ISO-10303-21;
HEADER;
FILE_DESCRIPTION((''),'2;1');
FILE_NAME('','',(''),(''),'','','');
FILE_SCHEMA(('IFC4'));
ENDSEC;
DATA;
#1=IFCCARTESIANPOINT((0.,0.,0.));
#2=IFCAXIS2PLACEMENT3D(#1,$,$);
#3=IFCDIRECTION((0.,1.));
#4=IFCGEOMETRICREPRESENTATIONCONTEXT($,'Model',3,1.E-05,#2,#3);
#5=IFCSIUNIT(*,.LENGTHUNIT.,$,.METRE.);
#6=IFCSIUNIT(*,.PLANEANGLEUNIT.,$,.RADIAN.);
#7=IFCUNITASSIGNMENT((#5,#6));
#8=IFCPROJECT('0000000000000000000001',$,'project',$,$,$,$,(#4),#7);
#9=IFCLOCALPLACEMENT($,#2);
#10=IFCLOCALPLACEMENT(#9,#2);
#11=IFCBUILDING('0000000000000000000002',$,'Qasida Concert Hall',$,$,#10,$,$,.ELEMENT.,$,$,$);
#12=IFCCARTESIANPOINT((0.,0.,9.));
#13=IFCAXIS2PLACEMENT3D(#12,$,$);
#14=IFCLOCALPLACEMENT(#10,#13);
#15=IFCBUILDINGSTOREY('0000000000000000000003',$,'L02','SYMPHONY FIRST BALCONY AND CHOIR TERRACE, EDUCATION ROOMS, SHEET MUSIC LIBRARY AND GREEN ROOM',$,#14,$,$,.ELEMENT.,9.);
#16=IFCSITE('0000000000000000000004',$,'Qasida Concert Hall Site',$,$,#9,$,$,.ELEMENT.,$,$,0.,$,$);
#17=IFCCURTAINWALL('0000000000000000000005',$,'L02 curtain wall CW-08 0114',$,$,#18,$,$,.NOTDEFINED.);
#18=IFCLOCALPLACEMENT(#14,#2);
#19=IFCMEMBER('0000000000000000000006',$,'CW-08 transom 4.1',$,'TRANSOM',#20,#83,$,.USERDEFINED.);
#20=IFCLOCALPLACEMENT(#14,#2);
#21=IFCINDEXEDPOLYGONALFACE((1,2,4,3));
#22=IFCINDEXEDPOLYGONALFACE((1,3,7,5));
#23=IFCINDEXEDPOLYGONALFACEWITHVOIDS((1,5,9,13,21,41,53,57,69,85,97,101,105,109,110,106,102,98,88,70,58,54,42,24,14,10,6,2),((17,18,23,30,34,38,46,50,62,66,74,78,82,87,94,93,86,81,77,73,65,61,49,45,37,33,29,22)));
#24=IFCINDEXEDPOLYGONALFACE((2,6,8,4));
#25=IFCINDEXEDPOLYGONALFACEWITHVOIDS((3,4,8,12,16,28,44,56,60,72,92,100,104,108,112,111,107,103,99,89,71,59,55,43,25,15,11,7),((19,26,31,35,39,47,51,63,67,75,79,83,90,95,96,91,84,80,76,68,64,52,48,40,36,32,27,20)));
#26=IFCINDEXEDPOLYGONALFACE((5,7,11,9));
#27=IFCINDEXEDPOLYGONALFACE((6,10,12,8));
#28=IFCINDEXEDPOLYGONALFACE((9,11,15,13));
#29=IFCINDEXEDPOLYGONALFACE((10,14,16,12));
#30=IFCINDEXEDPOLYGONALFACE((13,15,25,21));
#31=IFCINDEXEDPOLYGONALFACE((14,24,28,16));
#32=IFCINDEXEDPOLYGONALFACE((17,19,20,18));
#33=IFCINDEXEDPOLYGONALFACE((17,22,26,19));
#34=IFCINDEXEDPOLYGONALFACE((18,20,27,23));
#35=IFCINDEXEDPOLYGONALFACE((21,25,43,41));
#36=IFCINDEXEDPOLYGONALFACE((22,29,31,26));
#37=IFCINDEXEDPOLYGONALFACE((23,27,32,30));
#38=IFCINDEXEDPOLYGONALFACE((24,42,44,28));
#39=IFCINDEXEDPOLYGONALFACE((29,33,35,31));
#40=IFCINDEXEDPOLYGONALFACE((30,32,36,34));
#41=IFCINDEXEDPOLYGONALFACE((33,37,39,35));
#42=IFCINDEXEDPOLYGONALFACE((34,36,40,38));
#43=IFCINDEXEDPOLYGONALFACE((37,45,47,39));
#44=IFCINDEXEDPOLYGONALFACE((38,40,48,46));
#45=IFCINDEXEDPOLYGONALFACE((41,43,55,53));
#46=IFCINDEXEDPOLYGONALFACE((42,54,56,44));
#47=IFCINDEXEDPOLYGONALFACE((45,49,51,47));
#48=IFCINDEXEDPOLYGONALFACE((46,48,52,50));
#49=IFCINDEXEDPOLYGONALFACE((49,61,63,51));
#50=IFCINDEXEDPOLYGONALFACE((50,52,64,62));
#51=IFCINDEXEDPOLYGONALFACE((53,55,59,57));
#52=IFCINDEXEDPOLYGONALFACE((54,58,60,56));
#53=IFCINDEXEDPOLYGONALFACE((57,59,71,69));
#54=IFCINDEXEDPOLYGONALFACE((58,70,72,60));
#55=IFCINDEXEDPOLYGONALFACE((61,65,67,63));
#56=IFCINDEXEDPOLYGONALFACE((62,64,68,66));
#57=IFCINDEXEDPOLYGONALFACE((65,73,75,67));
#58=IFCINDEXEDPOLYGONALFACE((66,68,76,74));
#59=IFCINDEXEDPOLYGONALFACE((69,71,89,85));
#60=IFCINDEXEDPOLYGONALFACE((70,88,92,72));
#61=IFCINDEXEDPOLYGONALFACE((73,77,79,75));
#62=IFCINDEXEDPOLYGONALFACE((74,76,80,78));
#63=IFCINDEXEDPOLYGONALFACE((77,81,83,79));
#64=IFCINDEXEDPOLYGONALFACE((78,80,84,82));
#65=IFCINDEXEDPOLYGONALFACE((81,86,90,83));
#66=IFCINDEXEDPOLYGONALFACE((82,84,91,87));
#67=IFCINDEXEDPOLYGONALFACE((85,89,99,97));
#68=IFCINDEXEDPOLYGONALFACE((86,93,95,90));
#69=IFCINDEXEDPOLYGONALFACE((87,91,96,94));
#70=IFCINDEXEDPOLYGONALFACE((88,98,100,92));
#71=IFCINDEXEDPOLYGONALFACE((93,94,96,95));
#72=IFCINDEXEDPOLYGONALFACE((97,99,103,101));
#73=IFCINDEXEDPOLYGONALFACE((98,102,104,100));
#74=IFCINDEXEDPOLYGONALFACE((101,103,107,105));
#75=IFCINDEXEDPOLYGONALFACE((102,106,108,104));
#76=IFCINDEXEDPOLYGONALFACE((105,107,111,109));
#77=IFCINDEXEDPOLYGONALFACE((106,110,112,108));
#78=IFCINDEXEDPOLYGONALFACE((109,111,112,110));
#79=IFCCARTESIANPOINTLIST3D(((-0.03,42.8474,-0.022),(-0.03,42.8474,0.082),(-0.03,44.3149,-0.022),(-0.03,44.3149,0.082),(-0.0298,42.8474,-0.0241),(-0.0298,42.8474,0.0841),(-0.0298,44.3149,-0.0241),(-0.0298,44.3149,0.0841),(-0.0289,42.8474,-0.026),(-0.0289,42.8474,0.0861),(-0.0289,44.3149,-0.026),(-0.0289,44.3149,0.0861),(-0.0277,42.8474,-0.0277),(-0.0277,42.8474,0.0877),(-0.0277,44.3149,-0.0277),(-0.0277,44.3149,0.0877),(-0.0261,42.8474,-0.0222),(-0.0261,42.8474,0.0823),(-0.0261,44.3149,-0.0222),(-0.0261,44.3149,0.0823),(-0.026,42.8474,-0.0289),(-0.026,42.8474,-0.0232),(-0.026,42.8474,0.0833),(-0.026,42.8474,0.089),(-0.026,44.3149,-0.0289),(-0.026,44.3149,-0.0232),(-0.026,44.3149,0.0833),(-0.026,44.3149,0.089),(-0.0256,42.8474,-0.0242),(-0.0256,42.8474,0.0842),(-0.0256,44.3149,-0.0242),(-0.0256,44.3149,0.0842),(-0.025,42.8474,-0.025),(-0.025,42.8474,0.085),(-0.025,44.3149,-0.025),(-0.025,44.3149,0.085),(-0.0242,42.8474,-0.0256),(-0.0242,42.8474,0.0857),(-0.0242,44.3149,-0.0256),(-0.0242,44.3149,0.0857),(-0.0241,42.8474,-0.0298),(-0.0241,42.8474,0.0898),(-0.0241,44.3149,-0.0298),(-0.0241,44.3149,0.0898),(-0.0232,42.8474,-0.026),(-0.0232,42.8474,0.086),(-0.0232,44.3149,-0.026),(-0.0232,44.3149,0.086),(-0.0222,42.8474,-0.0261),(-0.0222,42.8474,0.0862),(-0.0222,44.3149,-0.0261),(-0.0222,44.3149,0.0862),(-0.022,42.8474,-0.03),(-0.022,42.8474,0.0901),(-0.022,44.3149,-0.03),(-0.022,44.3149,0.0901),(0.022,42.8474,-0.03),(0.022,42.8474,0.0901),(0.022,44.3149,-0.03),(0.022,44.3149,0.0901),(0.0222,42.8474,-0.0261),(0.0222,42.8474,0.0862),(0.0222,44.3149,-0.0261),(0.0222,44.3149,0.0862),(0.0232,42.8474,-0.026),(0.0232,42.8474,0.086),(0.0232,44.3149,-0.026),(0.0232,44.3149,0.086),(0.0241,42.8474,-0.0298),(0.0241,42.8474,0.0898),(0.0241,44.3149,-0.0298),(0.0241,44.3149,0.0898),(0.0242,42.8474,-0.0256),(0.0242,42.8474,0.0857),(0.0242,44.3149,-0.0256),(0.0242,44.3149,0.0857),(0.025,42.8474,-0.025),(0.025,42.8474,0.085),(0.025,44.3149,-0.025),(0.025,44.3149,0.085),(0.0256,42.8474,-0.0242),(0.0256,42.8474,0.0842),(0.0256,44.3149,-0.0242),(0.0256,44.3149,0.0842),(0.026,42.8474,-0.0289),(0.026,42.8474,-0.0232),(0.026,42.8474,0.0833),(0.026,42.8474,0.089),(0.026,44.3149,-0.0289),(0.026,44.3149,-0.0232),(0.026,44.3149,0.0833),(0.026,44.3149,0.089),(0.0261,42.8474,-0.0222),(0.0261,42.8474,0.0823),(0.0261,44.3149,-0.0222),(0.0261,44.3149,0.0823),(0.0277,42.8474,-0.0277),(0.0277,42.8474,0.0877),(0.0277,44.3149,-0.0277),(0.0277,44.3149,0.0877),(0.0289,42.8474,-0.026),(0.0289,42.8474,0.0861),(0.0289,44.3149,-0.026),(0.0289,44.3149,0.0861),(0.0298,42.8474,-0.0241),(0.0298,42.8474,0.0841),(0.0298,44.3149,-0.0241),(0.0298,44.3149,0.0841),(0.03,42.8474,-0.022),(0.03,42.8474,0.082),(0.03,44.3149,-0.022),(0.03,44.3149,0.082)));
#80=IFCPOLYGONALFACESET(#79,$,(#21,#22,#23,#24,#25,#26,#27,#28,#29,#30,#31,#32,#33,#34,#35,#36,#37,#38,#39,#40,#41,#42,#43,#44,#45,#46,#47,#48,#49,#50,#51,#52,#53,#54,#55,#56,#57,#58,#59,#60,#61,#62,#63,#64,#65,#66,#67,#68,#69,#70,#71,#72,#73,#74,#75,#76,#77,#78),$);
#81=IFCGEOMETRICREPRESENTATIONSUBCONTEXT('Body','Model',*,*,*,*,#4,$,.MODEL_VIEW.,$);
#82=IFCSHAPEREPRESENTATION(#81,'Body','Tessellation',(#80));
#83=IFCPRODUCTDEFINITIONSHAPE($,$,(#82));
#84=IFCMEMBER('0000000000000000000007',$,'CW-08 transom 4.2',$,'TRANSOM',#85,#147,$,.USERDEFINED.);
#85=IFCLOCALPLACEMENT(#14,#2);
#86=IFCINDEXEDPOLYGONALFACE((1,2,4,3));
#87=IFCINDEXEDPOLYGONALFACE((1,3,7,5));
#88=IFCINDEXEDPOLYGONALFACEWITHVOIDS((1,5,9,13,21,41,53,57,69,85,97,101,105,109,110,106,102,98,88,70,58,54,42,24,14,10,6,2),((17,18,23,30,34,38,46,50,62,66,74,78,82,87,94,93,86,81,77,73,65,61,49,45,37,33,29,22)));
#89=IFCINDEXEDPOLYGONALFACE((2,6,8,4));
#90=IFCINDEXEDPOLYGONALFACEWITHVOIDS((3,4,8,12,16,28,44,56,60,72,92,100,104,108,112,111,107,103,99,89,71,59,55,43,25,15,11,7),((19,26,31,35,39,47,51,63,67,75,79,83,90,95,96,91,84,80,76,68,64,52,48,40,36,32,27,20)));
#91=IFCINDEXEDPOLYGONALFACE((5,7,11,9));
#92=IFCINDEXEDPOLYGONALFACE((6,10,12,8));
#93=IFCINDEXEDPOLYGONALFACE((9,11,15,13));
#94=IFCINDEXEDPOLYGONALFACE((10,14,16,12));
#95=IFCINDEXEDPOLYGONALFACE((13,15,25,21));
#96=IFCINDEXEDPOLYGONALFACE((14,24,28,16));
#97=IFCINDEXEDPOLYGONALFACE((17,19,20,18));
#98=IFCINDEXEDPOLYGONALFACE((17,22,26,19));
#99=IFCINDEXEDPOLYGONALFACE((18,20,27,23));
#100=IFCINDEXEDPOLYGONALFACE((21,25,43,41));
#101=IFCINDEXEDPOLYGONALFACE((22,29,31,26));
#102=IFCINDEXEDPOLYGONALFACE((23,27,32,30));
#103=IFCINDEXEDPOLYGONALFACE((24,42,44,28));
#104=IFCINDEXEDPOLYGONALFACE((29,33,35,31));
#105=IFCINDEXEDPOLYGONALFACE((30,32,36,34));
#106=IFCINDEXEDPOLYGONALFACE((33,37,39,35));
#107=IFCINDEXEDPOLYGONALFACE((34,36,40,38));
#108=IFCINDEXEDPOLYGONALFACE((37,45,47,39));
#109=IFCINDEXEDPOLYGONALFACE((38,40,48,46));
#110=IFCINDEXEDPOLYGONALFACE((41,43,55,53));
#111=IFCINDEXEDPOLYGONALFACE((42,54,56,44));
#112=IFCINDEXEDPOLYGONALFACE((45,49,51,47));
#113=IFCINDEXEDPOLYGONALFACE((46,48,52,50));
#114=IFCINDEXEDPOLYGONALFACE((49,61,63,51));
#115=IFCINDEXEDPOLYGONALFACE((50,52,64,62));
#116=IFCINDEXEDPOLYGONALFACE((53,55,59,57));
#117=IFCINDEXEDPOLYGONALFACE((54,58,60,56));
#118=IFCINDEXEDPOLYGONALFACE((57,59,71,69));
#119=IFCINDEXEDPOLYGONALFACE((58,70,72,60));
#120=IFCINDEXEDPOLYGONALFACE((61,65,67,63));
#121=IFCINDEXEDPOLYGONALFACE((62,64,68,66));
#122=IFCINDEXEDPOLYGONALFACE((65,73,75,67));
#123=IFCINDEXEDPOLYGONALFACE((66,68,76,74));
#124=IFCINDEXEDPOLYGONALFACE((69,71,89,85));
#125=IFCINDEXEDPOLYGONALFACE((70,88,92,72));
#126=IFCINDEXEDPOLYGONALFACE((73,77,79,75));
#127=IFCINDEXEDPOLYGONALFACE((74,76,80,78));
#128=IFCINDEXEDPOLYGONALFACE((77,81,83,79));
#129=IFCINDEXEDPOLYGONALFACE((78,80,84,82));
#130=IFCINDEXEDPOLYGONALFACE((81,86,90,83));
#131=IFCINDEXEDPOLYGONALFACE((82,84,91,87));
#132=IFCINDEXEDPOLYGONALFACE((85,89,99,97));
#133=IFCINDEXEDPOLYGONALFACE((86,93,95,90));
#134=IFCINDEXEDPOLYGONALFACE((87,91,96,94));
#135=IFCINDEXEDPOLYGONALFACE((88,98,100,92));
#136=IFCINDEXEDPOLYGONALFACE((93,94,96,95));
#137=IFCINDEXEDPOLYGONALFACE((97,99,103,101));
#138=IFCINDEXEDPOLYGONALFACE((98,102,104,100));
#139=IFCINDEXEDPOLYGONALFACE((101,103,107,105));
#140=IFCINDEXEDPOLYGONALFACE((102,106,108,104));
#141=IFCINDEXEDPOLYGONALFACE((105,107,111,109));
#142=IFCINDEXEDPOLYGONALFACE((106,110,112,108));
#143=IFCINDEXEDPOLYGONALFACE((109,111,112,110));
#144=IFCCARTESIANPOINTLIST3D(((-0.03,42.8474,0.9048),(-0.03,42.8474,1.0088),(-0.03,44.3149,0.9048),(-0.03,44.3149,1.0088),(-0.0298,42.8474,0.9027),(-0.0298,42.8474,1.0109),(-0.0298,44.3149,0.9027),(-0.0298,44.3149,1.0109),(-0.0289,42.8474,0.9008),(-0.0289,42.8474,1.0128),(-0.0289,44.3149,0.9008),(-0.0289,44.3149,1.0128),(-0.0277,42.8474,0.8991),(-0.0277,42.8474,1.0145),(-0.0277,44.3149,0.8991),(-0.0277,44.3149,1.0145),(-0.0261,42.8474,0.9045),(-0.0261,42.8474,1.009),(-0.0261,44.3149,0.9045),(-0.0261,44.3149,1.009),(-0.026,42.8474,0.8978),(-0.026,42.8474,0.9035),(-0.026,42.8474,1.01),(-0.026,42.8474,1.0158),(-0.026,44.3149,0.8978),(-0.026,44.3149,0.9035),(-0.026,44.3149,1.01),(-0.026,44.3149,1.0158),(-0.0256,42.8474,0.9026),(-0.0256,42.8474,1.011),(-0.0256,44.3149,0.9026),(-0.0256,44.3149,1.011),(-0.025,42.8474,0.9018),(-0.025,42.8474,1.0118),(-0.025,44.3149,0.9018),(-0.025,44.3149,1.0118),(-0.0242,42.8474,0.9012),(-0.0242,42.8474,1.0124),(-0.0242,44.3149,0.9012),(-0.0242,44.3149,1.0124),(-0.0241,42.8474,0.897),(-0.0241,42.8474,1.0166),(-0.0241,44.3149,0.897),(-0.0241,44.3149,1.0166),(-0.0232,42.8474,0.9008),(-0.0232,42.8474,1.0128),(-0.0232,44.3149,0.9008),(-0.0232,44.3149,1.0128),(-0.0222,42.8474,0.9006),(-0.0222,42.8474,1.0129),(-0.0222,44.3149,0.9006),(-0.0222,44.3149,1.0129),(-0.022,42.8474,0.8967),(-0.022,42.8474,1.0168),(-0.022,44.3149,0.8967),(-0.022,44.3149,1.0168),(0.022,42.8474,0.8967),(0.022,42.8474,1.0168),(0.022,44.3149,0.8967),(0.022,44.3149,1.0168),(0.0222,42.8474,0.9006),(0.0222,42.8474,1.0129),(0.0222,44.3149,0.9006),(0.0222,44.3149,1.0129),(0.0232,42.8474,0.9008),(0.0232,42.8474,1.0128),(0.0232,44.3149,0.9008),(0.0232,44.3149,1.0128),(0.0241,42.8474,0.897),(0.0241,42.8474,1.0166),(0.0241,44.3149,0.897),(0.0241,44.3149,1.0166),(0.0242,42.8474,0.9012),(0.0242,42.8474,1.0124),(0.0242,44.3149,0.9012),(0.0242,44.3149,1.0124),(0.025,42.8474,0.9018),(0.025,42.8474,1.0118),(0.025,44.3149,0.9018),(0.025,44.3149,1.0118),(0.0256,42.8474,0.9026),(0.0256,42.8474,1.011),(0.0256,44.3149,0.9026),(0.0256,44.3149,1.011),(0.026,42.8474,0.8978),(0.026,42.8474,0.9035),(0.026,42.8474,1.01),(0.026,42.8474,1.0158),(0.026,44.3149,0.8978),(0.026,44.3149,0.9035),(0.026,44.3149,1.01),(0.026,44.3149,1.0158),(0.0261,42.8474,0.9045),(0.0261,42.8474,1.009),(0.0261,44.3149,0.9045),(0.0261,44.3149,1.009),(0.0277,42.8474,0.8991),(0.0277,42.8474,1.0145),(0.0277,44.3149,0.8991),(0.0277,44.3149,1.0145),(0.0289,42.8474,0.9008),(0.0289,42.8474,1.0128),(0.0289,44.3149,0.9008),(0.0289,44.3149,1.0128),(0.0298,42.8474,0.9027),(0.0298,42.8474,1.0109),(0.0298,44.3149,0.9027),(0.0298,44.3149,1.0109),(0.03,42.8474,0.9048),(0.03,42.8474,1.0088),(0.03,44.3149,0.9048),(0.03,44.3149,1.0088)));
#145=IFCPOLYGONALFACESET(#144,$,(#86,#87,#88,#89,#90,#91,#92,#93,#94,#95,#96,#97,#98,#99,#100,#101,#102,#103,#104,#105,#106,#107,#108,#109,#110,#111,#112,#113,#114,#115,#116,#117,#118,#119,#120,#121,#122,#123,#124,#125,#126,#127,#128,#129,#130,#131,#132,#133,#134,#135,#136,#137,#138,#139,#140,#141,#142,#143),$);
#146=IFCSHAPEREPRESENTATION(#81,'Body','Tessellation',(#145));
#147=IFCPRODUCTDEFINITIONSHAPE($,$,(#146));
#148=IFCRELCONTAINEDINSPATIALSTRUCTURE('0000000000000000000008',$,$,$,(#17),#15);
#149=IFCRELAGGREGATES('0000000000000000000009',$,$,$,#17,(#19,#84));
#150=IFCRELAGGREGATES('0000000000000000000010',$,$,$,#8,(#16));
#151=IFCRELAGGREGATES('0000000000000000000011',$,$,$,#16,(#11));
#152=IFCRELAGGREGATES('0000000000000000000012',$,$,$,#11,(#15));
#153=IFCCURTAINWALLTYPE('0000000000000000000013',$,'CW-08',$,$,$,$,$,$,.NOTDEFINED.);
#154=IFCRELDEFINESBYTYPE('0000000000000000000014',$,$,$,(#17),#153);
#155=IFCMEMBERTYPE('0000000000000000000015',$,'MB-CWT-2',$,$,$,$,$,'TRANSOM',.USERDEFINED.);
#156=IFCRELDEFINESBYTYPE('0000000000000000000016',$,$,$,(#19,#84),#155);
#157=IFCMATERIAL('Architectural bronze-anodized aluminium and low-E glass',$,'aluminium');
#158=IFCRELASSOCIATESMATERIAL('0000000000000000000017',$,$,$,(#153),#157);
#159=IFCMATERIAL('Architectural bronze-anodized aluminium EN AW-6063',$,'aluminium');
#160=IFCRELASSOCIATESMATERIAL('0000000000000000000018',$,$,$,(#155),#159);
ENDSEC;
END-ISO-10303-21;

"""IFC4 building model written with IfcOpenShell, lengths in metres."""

from ifc_helpers import new_model, si_unit, direction, frame, origin, origin_2d, place, context, subcontext, project, spatial, hollow_rectangle, extrude, material, material_profile, profile_set, type_object, element, aggregate, save


model = new_model("IFC4")

# Units and contexts
model_context = context("Model", 3, precision=1e-05, world=origin(), true_north=direction((0.0, 1.0)))
body_context = subcontext(model_context, "Body", "Model", "MODEL_VIEW")
ifc_project = project(units=[si_unit("LENGTHUNIT", "METRE"), si_unit("PLANEANGLEUNIT", "RADIAN")], contexts=[model_context])

# Site, building, storey
site_placement = place(None, origin())
site = spatial("IfcSite", under=ifc_project, at=site_placement, Name="Qasida Concert Hall Site", CompositionType="ELEMENT", RefElevation=0.0)
building_placement = place(site_placement, origin())
building = spatial("IfcBuilding", under=site, at=building_placement, Name="Qasida Concert Hall", CompositionType="ELEMENT")
storey_placement = place(building_placement, frame((0.0, 0.0, 9.0)))
storey = spatial("IfcBuildingStorey", under=building, at=storey_placement, Name="L02", Description="SYMPHONY FIRST BALCONY AND CHOIR TERRACE, EDUCATION ROOMS, SHEET MUSIC LIBRARY AND GREEN ROOM", CompositionType="ELEMENT", Elevation=9.0)

# Curtain wall, members
ifc_material_1 = material(Name="Architectural bronze-anodized aluminium and low-E glass", Category="aluminium")
curtain_wall_type = type_object("IfcCurtainWallType", Name="CW-08", PredefinedType="NOTDEFINED", material=ifc_material_1)
curtain_wall_placement = place(storey_placement, origin())
curtain_wall = element("IfcCurtainWall", 1, at=curtain_wall_placement, inside=storey, type_object=curtain_wall_type, Name="L02 curtain wall CW-08 0114", PredefinedType="NOTDEFINED")
ifc_material_2 = material(Name="Architectural bronze-anodized aluminium EN AW-6063", Category="aluminium")
ifc_material_profile_1 = material_profile(ifc_material_2, hollow_rectangle(XDim=0.0601, YDim=0.1201, WallThickness=0.0039, InnerFilletRadius=0.0039, OuterFilletRadius=0.0081, at=origin_2d()), Name="CWT 120x60x4")
ifc_profile_set_1 = profile_set([ifc_material_profile_1], Name="Architectural bronze-anodized aluminium EN AW-6063")
member_type_1 = type_object("IfcMemberType", Name="MB-CWT-2", ElementType="TRANSOM", PredefinedType="USERDEFINED", material=ifc_profile_set_1)
member_1_placement = place(storey_placement, frame((0.0, 42.8474, 0.03), z_axis=(0.0, 1.0, 0.0), x_axis=(-1.0, 0.0, 0.0)))
member_1 = element("IfcMember", 2, at=member_1_placement, type_object=member_type_1, Name="CW-08 transom 4.1", ObjectType="TRANSOM", PredefinedType="USERDEFINED", context=body_context, shape_type="SweptSolid", body=[
    extrude(hollow_rectangle(XDim=0.0601, YDim=0.1201, WallThickness=0.0039, InnerFilletRadius=0.0039, OuterFilletRadius=0.0081, at=origin_2d()), origin(), (0.0, 0.0, 1.0), 1.4675),
])
member_2_placement = place(storey_placement, frame((0.0, 42.8474, 0.9568), z_axis=(0.0, 1.0, 0.0), x_axis=(-1.0, 0.0, 0.0)))
member_2 = element("IfcMember", 3, at=member_2_placement, type_object=member_type_1, Name="CW-08 transom 4.2", ObjectType="TRANSOM", PredefinedType="USERDEFINED", context=body_context, shape_type="SweptSolid", body=[
    extrude(hollow_rectangle(XDim=0.0601, YDim=0.1201, WallThickness=0.0039, InnerFilletRadius=0.0039, OuterFilletRadius=0.0081, at=origin_2d()), origin(), (0.0, 0.0, 1.0), 1.4675),
])
aggregate(curtain_wall, [member_1, member_2])

save(model, "model.ifc")
